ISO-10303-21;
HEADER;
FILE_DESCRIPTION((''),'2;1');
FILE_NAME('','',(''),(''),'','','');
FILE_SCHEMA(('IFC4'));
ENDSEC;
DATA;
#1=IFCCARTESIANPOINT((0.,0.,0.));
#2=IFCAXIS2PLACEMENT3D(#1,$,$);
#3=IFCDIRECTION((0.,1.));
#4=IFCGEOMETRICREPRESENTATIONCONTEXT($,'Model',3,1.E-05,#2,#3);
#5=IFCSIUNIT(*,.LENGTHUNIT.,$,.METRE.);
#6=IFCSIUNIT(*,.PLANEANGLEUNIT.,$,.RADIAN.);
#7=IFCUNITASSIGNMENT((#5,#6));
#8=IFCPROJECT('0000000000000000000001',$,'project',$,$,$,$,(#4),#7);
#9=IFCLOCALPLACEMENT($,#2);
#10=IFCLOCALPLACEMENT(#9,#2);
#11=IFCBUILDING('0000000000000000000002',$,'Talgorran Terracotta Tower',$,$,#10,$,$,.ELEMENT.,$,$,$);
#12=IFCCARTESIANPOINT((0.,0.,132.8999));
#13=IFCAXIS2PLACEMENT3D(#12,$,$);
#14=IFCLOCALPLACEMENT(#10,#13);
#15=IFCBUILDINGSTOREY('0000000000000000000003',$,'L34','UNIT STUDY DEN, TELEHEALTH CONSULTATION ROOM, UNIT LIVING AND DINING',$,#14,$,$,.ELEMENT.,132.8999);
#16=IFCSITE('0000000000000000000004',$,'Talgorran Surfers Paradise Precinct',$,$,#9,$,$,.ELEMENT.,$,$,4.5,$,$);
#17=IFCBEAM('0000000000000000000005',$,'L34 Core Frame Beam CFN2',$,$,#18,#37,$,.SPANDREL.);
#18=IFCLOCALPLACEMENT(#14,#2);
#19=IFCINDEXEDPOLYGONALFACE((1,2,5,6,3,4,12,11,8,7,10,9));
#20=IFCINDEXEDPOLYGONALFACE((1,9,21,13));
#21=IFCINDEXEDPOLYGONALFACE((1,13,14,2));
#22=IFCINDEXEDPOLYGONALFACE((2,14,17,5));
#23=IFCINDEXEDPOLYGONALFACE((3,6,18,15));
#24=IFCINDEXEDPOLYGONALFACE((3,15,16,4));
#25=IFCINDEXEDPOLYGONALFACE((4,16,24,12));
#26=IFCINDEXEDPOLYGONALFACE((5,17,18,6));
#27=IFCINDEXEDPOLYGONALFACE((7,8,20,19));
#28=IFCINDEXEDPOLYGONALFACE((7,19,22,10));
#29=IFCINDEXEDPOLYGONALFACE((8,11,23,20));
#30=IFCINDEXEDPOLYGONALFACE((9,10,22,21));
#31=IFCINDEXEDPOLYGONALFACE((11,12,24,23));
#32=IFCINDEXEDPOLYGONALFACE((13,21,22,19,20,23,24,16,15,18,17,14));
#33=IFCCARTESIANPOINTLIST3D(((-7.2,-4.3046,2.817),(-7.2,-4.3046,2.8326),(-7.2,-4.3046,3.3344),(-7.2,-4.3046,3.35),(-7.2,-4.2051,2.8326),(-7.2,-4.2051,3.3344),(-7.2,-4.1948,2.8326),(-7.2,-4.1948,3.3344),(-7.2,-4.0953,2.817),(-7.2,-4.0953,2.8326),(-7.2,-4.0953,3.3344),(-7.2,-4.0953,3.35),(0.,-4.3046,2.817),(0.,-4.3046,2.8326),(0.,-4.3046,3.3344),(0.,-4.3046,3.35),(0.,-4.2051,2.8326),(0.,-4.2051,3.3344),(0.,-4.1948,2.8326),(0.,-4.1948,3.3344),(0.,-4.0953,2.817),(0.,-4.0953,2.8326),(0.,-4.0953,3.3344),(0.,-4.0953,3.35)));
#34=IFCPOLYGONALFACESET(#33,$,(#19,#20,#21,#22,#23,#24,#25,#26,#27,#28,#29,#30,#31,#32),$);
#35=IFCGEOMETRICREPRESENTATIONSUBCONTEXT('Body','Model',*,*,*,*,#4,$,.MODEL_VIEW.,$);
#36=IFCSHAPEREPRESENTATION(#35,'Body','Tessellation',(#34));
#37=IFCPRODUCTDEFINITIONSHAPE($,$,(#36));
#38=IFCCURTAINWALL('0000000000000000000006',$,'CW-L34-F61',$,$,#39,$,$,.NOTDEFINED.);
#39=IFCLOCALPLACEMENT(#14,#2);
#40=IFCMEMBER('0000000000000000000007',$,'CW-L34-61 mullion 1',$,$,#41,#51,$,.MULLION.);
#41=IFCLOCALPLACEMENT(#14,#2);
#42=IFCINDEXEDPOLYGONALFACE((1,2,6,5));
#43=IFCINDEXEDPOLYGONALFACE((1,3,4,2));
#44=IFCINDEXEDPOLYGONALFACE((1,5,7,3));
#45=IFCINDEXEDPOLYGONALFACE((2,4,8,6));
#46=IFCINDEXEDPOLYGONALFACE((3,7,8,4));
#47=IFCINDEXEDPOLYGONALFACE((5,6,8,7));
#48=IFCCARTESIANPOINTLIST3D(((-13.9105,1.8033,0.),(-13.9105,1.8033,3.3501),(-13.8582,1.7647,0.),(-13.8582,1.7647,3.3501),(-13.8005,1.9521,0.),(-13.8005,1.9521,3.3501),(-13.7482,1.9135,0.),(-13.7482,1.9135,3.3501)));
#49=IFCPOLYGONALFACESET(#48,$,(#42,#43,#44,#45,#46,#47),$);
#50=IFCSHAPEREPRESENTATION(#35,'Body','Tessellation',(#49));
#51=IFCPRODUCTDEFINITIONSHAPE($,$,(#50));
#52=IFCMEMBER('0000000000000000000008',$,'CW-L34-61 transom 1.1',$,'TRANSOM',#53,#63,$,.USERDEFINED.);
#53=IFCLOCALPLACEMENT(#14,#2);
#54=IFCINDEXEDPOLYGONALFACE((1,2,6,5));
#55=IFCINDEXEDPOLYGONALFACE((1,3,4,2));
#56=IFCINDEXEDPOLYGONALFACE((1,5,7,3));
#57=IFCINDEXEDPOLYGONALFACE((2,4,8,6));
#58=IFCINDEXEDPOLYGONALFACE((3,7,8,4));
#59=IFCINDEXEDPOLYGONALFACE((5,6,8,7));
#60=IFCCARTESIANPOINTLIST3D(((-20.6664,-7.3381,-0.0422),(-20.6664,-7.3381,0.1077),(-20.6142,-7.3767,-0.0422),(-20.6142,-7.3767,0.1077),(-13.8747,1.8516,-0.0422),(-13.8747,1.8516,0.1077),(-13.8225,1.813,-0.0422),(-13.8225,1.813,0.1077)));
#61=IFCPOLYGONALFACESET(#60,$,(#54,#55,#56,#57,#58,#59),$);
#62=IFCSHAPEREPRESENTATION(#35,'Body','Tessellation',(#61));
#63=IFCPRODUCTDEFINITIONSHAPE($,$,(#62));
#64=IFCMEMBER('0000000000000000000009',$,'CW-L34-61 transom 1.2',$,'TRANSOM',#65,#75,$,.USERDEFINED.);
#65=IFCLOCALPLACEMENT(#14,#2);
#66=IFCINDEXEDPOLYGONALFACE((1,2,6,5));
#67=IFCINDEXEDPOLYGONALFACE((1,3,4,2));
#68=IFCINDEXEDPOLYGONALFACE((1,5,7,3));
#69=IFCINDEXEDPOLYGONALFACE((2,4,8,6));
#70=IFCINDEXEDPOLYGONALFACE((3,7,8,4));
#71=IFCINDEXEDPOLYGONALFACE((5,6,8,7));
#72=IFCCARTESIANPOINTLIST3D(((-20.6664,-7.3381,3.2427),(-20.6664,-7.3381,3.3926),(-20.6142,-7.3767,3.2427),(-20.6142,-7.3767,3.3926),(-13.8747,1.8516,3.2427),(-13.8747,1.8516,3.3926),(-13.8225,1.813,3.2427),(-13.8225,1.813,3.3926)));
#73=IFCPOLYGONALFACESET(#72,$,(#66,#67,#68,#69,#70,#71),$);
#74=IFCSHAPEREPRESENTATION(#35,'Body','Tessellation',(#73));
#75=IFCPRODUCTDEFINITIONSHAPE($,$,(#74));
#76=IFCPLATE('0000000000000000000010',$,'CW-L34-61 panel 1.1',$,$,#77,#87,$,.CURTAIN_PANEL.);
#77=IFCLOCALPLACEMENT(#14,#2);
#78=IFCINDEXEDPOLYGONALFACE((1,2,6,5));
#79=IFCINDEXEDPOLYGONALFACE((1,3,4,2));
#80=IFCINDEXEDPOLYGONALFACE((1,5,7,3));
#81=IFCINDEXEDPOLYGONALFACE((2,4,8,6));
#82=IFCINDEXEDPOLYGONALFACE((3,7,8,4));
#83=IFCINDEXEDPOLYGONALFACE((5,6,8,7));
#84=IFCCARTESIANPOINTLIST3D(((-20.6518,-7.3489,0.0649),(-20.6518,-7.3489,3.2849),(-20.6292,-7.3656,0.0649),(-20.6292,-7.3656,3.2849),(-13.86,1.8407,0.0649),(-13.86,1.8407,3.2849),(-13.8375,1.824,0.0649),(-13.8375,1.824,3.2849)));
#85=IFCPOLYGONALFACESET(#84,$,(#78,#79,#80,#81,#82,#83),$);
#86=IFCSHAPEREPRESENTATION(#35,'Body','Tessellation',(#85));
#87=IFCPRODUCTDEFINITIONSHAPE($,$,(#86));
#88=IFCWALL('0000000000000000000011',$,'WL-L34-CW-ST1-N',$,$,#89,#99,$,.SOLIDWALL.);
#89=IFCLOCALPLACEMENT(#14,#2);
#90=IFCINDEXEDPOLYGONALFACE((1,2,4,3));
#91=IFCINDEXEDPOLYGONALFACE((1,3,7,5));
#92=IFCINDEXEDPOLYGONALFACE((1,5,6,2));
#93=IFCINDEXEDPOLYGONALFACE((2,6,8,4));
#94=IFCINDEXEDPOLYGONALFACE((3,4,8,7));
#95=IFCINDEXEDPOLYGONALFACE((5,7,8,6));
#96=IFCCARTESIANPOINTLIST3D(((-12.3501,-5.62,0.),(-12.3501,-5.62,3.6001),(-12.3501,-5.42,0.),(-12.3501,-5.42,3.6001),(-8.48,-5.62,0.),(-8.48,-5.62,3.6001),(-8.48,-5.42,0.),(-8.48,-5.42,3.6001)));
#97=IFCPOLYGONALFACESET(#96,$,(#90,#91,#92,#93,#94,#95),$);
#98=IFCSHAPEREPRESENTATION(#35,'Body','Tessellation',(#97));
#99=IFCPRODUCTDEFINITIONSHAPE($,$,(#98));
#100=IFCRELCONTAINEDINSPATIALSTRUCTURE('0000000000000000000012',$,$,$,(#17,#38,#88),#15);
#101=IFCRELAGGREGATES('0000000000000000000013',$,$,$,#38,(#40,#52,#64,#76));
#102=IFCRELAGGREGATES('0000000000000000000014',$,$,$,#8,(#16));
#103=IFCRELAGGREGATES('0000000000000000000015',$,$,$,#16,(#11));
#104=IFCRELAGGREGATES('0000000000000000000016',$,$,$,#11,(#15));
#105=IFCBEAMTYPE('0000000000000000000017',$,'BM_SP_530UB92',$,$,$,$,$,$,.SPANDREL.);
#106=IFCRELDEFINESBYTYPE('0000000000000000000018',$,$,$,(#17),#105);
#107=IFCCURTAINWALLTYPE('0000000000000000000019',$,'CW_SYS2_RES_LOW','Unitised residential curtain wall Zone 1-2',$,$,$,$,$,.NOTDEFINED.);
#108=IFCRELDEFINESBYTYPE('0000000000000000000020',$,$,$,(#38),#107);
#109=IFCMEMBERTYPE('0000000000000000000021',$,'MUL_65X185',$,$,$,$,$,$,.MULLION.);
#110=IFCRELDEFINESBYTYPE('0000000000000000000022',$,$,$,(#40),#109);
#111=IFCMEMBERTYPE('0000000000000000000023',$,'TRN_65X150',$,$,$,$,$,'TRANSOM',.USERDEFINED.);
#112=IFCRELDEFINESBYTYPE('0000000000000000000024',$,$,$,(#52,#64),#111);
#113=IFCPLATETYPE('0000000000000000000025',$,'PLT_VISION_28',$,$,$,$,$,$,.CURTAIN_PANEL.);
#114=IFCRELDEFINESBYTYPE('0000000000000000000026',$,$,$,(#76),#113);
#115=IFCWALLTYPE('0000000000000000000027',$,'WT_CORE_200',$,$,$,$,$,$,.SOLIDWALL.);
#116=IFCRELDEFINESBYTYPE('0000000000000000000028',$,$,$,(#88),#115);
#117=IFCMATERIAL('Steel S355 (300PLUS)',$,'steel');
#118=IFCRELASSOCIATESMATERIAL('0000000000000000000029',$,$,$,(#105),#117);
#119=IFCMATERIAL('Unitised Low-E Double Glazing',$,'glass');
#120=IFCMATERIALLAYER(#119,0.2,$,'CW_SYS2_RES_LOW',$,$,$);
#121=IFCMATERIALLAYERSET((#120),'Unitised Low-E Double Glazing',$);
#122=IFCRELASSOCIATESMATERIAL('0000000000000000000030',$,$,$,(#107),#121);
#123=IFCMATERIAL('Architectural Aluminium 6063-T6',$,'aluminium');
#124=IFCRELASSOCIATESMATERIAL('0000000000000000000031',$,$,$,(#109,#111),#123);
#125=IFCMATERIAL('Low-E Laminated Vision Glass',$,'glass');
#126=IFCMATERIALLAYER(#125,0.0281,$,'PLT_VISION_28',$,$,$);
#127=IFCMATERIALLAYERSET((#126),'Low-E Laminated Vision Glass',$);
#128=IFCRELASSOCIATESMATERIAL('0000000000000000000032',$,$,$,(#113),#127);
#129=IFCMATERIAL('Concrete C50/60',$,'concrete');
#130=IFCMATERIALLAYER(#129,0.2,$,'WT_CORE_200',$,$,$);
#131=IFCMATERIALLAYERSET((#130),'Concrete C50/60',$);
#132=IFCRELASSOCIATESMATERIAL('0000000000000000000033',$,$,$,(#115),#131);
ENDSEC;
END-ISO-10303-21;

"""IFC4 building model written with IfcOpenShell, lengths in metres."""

from ifc_helpers import new_model, si_unit, direction, frame, frame_2d, origin, origin_2d, place, context, subcontext, project, spatial, rectangle, i_section, extrude, source, transform, mapped, material, layer, layer_set, material_profile, profile_set, type_object, type_shapes, element, aggregate, save


model = new_model("IFC4")

# Units and contexts
model_context = context("Model", 3, precision=1e-05, world=origin(), true_north=direction((0.0, 1.0)))
body_context = subcontext(model_context, "Body", "Model", "MODEL_VIEW")
ifc_project = project(units=[si_unit("LENGTHUNIT", "METRE"), si_unit("PLANEANGLEUNIT", "RADIAN")], contexts=[model_context])

# Site, building, storey
site_placement = place(None, origin())
site = spatial("IfcSite", under=ifc_project, at=site_placement, Name="Talgorran Surfers Paradise Precinct", CompositionType="ELEMENT", RefElevation=4.5)
building_placement = place(site_placement, origin())
building = spatial("IfcBuilding", under=site, at=building_placement, Name="Talgorran Terracotta Tower", CompositionType="ELEMENT")
storey_placement = place(building_placement, frame((0.0, 0.0, 132.8999)))
storey = spatial("IfcBuildingStorey", under=building, at=storey_placement, Name="L34", Description="UNIT STUDY DEN, TELEHEALTH CONSULTATION ROOM, UNIT LIVING AND DINING", CompositionType="ELEMENT", Elevation=132.8999)

# Shared definitions
ifc_material_1 = material(Name="Steel S355 (300PLUS)", Category="steel")

# Beam
ifc_material_profile_1 = material_profile(ifc_material_1, i_section(OverallWidth=0.2092, OverallDepth=0.533, WebThickness=0.0103, FlangeThickness=0.0156, at=origin_2d()), Name="530UB92.4")
ifc_profile_set_1 = profile_set([ifc_material_profile_1], Name="Steel S355 (300PLUS)")
beam_type_1 = type_object("IfcBeamType", Name="BM_SP_530UB92", PredefinedType="SPANDREL", material=ifc_profile_set_1)
beam_1_placement = place(storey_placement, frame((-7.2, -4.2, 3.0835), z_axis=(1.0, 0.0, 0.0), x_axis=(0.0, 1.0, 0.0)))
element("IfcBeam", 1, at=beam_1_placement, inside=storey, type_object=beam_type_1, Name="L34 Core Frame Beam CFN2", PredefinedType="SPANDREL", context=body_context, shape_type="SweptSolid", body=[
    extrude(i_section(OverallWidth=0.2092, OverallDepth=0.533, WebThickness=0.0103, FlangeThickness=0.0156, at=origin_2d()), origin(), (0.0, 0.0, 1.0), 7.2),
])

# Curtain wall, members, plate
ifc_material_2 = material(Name="Unitised Low-E Double Glazing", Category="glass")
ifc_layer_1 = layer(ifc_material_2, 0.2, Name="CW_SYS2_RES_LOW")
ifc_layer_set_1 = layer_set([ifc_layer_1], Name="Unitised Low-E Double Glazing")
curtain_wall_type = type_object("IfcCurtainWallType", Name="CW_SYS2_RES_LOW", Description="Unitised residential curtain wall Zone 1-2", PredefinedType="NOTDEFINED", material=ifc_layer_set_1)
curtain_wall_placement = place(storey_placement, origin())
curtain_wall = element("IfcCurtainWall", 2, at=curtain_wall_placement, inside=storey, type_object=curtain_wall_type, Name="CW-L34-F61", PredefinedType="NOTDEFINED")
ifc_material_3 = material(Name="Architectural Aluminium 6063-T6", Category="aluminium")
ifc_material_profile_2 = material_profile(ifc_material_3, rectangle(XDim=0.0649, YDim=0.1851, at=origin_2d()), Name="CWM65X185")
ifc_profile_set_2 = profile_set([ifc_material_profile_2], Name="Architectural Aluminium 6063-T6")
member_type_1 = type_object("IfcMemberType", Name="MUL_65X185", PredefinedType="MULLION", material=ifc_profile_set_2)
member_1_placement = place(storey_placement, frame((-13.8293, 1.8584, 0.0), z_axis=(0.0, 0.0, 1.0), x_axis=(0.804198, -0.594362, 0.0)))
member_1 = element("IfcMember", 3, at=member_1_placement, type_object=member_type_1, Name="CW-L34-61 mullion 1", PredefinedType="MULLION", context=body_context, shape_type="SweptSolid", body=[
    extrude(rectangle(XDim=0.0649, YDim=0.1851, at=origin_2d()), origin(), (0.0, 0.0, 1.0), 3.3501),
])
ifc_material_profile_3 = material_profile(ifc_material_3, rectangle(XDim=0.0649, YDim=0.1499, at=origin_2d()), Name="CWT65X150")
ifc_profile_set_3 = profile_set([ifc_material_profile_3], Name="Architectural Aluminium 6063-T6")
member_type_2 = type_object("IfcMemberType", Name="TRN_65X150", ElementType="TRANSOM", PredefinedType="USERDEFINED", material=ifc_profile_set_3)
member_2_placement = place(storey_placement, frame((-13.8486, 1.8323, 0.0327), z_axis=(-0.594355, -0.804203, 0.0), x_axis=(0.804203, -0.594355, 0.0)))
member_2 = element("IfcMember", 4, at=member_2_placement, type_object=member_type_2, Name="CW-L34-61 transom 1.1", ObjectType="TRANSOM", PredefinedType="USERDEFINED", context=body_context, shape_type="SweptSolid", body=[
    extrude(rectangle(XDim=0.0649, YDim=0.1499, at=origin_2d()), origin(), (0.0, 0.0, 1.0), 11.427),
])
member_3_placement = place(storey_placement, frame((-13.8486, 1.8323, 3.3176), z_axis=(-0.594355, -0.804203, 0.0), x_axis=(0.804203, -0.594355, 0.0)))
member_3 = element("IfcMember", 5, at=member_3_placement, type_object=member_type_2, Name="CW-L34-61 transom 1.2", ObjectType="TRANSOM", PredefinedType="USERDEFINED", context=body_context, shape_type="SweptSolid", body=[
    extrude(rectangle(XDim=0.0649, YDim=0.1499, at=origin_2d()), origin(), (0.0, 0.0, 1.0), 11.427),
])
ifc_material_4 = material(Name="Low-E Laminated Vision Glass", Category="glass")
ifc_layer_2 = layer(ifc_material_4, 0.0281, Name="PLT_VISION_28")
ifc_layer_set_2 = layer_set([ifc_layer_2], Name="Low-E Laminated Vision Glass")
plate_type = type_object("IfcPlateType", Name="PLT_VISION_28", PredefinedType="CURTAIN_PANEL", material=ifc_layer_set_2)
shared_shape = source(origin(), body_context, "Body", "SweptSolid", [
    extrude(rectangle(XDim=11.427, YDim=0.0281, at=origin_2d()), origin(), (0.0, 0.0, 1.0), 3.22),
])
type_shapes(plate_type, [shared_shape])
plate_placement = place(storey_placement, frame((-17.2446, -2.7625, 0.0649), z_axis=(0.0, 0.0, 1.0), x_axis=(-0.594362, -0.804198, 0.0)))
plate = element("IfcPlate", 6, at=plate_placement, type_object=plate_type, Name="CW-L34-61 panel 1.1", PredefinedType="CURTAIN_PANEL", context=body_context, shape_type="MappedRepresentation", body=[
    mapped(shared_shape, transform((0.0, 0.0, 0.0), scale=1.0)),
])
aggregate(curtain_wall, [member_1, member_2, member_3, plate])

# Wall
ifc_material_5 = material(Name="Concrete C50/60", Category="concrete")
ifc_layer_3 = layer(ifc_material_5, 0.2, Name="WT_CORE_200")
ifc_layer_set_3 = layer_set([ifc_layer_3], Name="Concrete C50/60")
wall_type_1 = type_object("IfcWallType", Name="WT_CORE_200", PredefinedType="SOLIDWALL", material=ifc_layer_set_3)
wall_1_placement = place(storey_placement, frame((-12.3501, -5.52, 0.0), z_axis=(0.0, 0.0, 1.0), x_axis=(1.0, 0.0, 0.0)))
element("IfcWall", 7, at=wall_1_placement, inside=storey, type_object=wall_type_1, Name="WL-L34-CW-ST1-N", PredefinedType="SOLIDWALL", context=body_context, shape_type="SweptSolid", body=[
    extrude(rectangle(XDim=3.8701, YDim=0.2, at=frame_2d((1.9351, 0.0))), origin(), (0.0, 0.0, 1.0), 3.6001),
])

save(model, "model.ifc")
